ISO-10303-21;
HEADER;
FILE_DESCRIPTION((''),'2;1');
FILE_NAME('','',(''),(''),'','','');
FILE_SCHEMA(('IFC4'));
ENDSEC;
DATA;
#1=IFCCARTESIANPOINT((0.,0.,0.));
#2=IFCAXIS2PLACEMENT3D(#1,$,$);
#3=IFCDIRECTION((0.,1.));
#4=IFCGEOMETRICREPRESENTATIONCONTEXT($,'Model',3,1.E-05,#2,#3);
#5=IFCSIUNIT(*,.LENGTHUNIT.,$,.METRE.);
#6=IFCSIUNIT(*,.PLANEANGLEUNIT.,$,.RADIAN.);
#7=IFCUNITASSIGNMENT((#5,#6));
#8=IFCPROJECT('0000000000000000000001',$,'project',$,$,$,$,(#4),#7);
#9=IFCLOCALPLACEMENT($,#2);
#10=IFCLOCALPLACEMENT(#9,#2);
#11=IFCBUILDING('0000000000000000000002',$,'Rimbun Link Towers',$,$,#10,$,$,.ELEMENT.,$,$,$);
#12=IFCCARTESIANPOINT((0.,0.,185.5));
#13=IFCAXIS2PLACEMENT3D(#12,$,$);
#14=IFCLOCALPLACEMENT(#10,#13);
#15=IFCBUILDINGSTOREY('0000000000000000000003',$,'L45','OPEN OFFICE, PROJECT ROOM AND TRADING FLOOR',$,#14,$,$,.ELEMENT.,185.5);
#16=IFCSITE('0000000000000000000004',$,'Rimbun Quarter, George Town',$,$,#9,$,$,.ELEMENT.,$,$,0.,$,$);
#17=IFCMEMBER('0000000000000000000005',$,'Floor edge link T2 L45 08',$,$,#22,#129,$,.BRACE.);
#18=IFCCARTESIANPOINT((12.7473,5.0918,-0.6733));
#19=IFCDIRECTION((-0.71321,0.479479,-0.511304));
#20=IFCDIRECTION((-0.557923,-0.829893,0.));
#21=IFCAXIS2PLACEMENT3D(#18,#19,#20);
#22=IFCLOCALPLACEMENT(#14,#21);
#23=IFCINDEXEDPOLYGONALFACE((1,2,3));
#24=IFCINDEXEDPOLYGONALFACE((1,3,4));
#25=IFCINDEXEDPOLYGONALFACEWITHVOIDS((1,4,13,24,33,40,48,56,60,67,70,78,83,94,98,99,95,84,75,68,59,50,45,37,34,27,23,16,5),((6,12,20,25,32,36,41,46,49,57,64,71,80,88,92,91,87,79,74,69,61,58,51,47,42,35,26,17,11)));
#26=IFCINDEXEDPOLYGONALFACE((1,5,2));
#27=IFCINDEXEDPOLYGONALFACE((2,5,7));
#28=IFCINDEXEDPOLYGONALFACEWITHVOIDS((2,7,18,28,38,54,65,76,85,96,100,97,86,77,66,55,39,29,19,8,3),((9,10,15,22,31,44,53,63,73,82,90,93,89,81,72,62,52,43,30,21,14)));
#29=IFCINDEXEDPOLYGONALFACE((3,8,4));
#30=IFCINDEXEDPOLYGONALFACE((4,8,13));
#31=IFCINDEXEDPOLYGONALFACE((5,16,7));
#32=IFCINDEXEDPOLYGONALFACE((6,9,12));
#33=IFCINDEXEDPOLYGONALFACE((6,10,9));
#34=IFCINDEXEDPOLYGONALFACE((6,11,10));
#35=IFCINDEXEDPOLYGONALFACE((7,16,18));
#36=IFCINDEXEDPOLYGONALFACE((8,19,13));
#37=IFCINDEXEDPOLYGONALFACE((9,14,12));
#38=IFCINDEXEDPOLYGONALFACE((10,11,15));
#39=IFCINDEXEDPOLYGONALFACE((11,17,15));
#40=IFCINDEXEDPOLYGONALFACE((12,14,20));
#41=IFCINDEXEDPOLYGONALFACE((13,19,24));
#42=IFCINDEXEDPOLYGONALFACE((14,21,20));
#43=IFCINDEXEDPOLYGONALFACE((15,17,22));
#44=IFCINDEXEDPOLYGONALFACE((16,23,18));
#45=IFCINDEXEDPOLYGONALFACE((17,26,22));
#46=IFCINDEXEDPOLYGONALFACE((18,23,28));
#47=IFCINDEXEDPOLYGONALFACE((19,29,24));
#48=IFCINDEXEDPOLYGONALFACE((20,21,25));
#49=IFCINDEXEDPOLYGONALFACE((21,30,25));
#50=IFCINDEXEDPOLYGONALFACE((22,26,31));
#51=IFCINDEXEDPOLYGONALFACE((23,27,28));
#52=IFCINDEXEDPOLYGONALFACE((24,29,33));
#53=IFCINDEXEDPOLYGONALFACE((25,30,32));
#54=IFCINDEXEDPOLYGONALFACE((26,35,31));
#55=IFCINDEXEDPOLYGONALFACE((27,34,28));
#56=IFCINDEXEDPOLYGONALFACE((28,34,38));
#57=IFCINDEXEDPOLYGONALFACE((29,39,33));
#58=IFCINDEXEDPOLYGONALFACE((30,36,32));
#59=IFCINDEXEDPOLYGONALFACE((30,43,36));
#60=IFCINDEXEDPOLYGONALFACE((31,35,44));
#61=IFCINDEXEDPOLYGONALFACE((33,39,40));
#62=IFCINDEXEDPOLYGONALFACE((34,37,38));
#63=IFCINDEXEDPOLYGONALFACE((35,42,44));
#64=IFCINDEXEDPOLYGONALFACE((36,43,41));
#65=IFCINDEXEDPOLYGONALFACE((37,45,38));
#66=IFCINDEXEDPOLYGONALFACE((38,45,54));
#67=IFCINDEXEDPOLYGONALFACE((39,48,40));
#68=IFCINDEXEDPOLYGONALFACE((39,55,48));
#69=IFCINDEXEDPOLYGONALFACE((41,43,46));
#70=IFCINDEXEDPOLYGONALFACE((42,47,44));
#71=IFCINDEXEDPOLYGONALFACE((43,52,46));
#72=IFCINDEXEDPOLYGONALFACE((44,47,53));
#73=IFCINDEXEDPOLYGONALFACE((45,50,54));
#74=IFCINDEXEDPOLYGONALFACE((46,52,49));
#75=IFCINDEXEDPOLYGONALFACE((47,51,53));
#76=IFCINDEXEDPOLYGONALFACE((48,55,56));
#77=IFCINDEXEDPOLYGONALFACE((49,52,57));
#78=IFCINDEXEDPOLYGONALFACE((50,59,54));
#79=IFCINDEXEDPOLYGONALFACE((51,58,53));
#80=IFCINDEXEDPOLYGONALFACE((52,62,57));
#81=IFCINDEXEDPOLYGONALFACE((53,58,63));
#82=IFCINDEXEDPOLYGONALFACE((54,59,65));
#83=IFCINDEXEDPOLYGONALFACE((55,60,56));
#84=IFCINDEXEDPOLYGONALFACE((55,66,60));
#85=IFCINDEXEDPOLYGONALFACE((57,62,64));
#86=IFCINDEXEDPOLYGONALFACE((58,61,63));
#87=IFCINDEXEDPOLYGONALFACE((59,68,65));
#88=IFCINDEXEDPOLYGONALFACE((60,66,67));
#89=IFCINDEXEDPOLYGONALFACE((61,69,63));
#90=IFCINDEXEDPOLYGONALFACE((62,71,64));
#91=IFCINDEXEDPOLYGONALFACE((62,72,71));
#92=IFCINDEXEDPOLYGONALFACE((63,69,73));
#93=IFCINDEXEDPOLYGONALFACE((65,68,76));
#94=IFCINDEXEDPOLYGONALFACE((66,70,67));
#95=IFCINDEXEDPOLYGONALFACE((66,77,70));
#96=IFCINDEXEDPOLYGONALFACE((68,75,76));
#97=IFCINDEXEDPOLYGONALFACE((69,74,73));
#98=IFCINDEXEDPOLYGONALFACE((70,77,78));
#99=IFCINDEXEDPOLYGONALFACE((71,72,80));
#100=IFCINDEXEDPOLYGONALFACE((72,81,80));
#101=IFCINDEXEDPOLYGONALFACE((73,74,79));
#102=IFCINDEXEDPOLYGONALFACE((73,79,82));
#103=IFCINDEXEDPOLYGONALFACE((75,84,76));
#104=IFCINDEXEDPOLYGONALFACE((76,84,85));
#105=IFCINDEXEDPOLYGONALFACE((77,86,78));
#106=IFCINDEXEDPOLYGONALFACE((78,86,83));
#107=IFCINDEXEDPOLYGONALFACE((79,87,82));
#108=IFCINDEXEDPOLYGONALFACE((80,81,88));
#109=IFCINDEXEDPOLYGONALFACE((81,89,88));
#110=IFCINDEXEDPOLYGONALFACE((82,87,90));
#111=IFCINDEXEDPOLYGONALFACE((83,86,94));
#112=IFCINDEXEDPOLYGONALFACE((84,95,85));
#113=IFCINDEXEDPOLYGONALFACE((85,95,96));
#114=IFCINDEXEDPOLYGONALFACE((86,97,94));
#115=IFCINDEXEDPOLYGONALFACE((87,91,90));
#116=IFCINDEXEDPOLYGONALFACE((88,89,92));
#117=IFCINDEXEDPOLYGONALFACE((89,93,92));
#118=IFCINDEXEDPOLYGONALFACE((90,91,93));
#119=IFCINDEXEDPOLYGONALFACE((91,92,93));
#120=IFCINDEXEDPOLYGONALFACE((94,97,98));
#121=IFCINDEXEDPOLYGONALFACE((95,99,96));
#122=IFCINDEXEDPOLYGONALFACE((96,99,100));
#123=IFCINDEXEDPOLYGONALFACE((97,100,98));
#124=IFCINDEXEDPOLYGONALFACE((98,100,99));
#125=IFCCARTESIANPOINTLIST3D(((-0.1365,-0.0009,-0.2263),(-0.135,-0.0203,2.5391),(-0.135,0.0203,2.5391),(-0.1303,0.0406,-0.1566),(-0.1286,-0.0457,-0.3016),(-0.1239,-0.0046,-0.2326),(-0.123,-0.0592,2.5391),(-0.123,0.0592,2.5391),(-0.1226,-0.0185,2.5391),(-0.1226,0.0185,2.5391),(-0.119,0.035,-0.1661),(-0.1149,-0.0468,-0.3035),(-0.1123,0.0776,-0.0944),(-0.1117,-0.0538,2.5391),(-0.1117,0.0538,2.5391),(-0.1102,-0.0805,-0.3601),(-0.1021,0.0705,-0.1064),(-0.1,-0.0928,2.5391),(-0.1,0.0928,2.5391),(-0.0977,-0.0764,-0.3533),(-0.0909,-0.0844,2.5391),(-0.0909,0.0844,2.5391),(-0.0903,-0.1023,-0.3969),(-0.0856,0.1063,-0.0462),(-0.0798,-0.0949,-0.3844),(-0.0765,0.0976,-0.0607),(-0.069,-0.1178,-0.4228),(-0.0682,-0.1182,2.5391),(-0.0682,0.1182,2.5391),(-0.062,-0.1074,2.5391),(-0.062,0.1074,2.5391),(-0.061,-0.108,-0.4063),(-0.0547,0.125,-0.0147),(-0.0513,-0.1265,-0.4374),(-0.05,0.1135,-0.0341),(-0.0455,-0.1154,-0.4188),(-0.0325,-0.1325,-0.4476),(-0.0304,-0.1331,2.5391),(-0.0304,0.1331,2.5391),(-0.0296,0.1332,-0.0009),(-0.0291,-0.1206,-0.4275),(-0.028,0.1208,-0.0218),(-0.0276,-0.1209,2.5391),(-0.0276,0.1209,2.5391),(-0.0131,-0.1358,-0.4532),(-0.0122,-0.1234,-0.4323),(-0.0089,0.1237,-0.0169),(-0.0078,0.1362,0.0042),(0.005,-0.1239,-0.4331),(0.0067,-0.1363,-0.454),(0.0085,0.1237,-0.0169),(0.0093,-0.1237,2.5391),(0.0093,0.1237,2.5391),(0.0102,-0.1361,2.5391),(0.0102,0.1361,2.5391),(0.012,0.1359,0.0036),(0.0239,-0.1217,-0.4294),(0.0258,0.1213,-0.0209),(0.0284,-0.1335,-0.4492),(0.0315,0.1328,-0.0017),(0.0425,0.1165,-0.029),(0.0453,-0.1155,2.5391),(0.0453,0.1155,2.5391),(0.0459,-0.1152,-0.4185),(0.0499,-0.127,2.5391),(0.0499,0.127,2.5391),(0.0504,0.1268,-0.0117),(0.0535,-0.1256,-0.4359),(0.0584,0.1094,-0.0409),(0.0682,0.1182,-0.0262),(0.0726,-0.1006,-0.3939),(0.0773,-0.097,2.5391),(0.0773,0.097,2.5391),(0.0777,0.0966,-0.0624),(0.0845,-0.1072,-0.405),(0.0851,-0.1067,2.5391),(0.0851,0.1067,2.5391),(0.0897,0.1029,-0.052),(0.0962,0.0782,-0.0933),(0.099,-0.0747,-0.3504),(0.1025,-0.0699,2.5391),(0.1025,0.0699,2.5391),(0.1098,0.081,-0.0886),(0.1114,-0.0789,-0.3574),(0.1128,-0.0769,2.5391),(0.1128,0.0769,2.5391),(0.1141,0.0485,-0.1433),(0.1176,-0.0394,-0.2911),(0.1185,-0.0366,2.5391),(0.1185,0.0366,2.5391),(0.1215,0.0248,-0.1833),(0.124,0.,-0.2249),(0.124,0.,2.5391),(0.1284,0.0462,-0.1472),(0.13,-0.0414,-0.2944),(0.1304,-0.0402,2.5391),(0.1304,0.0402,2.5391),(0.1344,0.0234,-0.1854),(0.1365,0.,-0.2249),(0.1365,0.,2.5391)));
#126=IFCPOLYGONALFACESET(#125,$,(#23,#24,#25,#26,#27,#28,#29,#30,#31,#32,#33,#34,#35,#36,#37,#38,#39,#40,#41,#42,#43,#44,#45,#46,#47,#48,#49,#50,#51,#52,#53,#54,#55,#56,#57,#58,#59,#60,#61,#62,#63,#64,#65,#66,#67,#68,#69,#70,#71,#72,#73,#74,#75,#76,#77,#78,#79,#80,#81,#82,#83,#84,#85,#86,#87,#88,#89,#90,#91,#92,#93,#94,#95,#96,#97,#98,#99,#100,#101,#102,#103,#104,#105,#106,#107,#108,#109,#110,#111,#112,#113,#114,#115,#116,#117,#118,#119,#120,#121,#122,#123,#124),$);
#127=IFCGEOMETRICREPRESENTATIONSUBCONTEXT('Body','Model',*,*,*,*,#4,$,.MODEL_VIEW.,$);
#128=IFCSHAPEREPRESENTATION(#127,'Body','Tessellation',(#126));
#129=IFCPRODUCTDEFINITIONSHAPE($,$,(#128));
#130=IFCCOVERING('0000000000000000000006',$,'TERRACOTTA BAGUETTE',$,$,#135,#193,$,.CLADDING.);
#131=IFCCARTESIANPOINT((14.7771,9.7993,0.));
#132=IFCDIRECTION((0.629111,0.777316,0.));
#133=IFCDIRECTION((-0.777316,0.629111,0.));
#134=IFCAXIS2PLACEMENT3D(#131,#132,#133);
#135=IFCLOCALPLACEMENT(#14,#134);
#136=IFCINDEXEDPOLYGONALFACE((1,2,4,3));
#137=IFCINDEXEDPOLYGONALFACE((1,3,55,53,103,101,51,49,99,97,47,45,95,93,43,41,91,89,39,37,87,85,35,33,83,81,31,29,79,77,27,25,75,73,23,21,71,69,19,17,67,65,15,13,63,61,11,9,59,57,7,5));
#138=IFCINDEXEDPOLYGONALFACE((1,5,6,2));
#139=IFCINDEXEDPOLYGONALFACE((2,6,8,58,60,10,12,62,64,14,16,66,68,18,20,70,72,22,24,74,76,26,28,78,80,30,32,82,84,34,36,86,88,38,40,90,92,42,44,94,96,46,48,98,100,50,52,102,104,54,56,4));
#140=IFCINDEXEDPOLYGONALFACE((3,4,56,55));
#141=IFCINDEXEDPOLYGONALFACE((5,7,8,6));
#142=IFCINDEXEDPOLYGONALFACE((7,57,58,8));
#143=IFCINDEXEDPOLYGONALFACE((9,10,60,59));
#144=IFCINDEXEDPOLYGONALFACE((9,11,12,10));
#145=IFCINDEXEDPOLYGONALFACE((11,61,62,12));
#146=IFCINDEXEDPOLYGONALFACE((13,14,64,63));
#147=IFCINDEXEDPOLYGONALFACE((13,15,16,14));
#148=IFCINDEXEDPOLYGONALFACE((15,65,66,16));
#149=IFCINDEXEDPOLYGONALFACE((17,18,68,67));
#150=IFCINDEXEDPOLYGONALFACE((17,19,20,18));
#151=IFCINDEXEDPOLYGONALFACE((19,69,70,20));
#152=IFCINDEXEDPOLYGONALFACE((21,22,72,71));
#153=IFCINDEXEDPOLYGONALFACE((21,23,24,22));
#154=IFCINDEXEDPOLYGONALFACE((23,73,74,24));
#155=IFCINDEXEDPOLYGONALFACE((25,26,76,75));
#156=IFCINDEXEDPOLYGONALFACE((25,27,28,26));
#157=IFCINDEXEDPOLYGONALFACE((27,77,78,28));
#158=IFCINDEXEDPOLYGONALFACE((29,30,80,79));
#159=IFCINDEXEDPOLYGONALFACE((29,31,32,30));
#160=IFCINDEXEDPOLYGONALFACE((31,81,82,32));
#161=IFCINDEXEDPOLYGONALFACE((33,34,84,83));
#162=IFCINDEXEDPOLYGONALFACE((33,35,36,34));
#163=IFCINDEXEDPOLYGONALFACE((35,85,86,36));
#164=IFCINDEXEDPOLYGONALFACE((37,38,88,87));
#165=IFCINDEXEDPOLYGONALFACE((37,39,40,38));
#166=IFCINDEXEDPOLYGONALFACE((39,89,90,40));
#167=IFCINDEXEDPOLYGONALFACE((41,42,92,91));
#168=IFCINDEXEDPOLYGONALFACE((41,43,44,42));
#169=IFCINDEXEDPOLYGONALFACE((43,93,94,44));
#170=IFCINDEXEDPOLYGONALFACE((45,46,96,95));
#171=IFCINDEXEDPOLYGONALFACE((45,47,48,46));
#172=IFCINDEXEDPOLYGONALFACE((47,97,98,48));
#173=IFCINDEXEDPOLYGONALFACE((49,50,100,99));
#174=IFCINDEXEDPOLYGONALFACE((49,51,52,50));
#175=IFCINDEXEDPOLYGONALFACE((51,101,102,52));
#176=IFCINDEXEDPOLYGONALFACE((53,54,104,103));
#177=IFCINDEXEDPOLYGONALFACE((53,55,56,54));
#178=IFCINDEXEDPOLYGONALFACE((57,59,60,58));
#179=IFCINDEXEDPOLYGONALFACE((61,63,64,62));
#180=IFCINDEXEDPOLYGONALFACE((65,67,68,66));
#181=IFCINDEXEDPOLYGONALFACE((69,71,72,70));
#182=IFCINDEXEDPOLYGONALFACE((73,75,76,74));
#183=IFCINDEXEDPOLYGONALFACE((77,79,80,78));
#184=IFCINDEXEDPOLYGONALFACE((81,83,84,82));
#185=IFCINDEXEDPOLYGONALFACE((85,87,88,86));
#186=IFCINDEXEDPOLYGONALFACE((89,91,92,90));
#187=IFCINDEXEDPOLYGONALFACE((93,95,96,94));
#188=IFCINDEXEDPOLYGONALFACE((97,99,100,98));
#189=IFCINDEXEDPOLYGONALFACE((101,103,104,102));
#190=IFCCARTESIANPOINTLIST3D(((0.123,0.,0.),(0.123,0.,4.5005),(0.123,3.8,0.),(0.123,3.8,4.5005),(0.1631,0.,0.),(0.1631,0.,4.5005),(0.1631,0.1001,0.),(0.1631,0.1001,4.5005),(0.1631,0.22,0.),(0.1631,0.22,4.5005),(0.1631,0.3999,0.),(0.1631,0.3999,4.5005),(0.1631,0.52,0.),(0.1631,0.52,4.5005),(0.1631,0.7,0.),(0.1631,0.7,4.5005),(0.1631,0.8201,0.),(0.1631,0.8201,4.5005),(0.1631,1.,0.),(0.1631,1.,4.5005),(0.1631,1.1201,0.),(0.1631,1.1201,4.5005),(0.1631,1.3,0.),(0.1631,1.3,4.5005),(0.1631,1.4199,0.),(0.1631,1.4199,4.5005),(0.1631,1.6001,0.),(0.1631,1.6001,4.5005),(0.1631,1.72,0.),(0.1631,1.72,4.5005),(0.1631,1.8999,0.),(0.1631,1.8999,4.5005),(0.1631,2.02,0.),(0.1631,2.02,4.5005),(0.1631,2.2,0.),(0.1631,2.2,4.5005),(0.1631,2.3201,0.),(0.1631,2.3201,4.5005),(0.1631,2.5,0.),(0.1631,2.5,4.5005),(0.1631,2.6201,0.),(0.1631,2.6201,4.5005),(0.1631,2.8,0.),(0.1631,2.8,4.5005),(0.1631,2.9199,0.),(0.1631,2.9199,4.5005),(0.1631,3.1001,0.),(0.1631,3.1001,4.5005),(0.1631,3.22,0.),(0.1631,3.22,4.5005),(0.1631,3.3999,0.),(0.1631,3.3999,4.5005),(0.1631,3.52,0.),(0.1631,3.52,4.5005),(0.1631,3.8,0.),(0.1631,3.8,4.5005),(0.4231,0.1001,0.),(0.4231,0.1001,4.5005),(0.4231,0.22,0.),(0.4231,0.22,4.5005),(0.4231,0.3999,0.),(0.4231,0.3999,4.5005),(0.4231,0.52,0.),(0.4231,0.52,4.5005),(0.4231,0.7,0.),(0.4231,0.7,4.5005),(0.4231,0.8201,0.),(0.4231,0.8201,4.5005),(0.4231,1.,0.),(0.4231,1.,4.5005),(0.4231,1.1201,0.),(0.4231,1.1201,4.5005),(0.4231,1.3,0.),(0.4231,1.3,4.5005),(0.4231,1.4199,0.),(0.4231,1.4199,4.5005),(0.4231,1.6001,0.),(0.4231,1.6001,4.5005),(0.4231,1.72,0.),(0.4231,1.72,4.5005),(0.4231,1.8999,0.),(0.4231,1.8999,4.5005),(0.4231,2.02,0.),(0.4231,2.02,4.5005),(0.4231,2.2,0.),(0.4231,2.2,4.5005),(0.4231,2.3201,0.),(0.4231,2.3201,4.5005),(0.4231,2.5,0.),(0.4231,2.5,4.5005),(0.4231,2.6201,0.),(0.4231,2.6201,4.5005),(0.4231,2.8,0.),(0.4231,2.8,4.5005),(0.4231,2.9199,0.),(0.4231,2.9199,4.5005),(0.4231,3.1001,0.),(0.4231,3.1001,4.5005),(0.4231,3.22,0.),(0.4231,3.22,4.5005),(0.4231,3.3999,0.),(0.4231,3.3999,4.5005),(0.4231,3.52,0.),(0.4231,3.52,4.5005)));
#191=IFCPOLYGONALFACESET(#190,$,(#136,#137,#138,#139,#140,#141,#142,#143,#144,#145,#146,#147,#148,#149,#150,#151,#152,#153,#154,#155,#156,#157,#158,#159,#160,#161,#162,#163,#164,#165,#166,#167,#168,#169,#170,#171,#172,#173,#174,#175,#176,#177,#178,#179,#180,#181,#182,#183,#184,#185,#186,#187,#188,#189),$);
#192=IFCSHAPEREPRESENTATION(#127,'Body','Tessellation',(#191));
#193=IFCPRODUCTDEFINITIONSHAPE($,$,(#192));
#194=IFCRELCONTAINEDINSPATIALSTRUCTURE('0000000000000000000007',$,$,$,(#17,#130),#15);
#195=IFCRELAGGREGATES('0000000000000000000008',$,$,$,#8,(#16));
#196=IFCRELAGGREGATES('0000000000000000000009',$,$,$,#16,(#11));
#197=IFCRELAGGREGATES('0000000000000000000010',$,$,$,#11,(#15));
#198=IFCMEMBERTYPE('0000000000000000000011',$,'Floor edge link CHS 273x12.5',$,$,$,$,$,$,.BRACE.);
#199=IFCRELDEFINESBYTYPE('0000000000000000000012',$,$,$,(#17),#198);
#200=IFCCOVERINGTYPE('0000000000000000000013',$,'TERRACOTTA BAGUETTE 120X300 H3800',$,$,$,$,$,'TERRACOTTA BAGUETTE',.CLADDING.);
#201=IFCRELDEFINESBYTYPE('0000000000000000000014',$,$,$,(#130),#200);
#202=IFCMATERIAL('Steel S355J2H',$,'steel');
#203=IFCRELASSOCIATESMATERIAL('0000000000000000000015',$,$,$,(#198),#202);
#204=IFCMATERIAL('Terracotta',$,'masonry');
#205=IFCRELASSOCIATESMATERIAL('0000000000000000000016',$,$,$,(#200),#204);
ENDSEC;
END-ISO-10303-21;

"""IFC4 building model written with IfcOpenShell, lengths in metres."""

from ifc_helpers import new_model, si_unit, direction, frame, origin, origin_2d, place, context, subcontext, project, spatial, polyline, hollow_circle, outline, extrude, clip, halfspace, material, material_profile, profile_set, type_object, element, save


model = new_model("IFC4")

# Units and contexts
model_context = context("Model", 3, precision=1e-05, world=origin(), true_north=direction((0.0, 1.0)))
body_context = subcontext(model_context, "Body", "Model", "MODEL_VIEW")
ifc_project = project(units=[si_unit("LENGTHUNIT", "METRE"), si_unit("PLANEANGLEUNIT", "RADIAN")], contexts=[model_context])

# Site, building, storey
site_placement = place(None, origin())
site = spatial("IfcSite", under=ifc_project, at=site_placement, Name="Rimbun Quarter, George Town", CompositionType="ELEMENT", RefElevation=0.0)
building_placement = place(site_placement, origin())
building = spatial("IfcBuilding", under=site, at=building_placement, Name="Rimbun Link Towers", CompositionType="ELEMENT")
storey_placement = place(building_placement, frame((0.0, 0.0, 185.5)))
storey = spatial("IfcBuildingStorey", under=building, at=storey_placement, Name="L45", Description="OPEN OFFICE, PROJECT ROOM AND TRADING FLOOR", CompositionType="ELEMENT", Elevation=185.5)

# Member
ifc_material_1 = material(Name="Steel S355J2H", Category="steel")
ifc_material_profile_1 = material_profile(ifc_material_1, hollow_circle(Radius=0.1365, WallThickness=0.0125, at=origin_2d()), Name="CHS 273x12.5")
ifc_profile_set_1 = profile_set([ifc_material_profile_1], Name="Steel S355J2H")
member_type_1 = type_object("IfcMemberType", Name="Floor edge link CHS 273x12.5", PredefinedType="BRACE", material=ifc_profile_set_1)
member_1_placement = place(storey_placement, frame((12.7473, 5.0918, -0.6733), z_axis=(-0.71321, 0.479479, -0.511304), x_axis=(-0.557923, -0.829893, 0.0)))
element("IfcMember", 1, at=member_1_placement, inside=storey, type_object=member_type_1, Name="Floor edge link T2 L45 08", PredefinedType="BRACE", context=body_context, shape_type="Clipping", body=[
    clip(extrude(hollow_circle(Radius=0.1365, WallThickness=0.0125, at=origin_2d()), frame((0.0, 0.0, -0.4785)), (0.0, 0.0, 1.0), 3.0176), halfspace(frame((0.0, 0.0, -0.2249), z_axis=(0.0, 0.8594, -0.511304)), False)),
])

# Covering
ifc_material_2 = material(Name="Terracotta", Category="masonry")
ifc_material_profile_2 = material_profile(ifc_material_2, outline(polyline([(0.123, 0.0), (0.1631, 0.0), (0.1631, 0.1001), (0.4231, 0.1001), (0.4231, 0.22), (0.1631, 0.22), (0.1631, 0.3999), (0.4231, 0.3999), (0.4231, 0.52), (0.1631, 0.52), (0.1631, 0.7), (0.4231, 0.7), (0.4231, 0.8201), (0.1631, 0.8201), (0.1631, 1.0), (0.4231, 1.0), (0.4231, 1.1201), (0.1631, 1.1201), (0.1631, 1.3), (0.4231, 1.3), (0.4231, 1.4199), (0.1631, 1.4199), (0.1631, 1.6001), (0.4231, 1.6001), (0.4231, 1.72), (0.1631, 1.72), (0.1631, 1.8999), (0.4231, 1.8999), (0.4231, 2.02), (0.1631, 2.02), (0.1631, 2.2), (0.4231, 2.2), (0.4231, 2.3201), (0.1631, 2.3201), (0.1631, 2.5), (0.4231, 2.5), (0.4231, 2.6201), (0.1631, 2.6201), (0.1631, 2.8), (0.4231, 2.8), (0.4231, 2.9199), (0.1631, 2.9199), (0.1631, 3.1001), (0.4231, 3.1001), (0.4231, 3.22), (0.1631, 3.22), (0.1631, 3.3999), (0.4231, 3.3999), (0.4231, 3.52), (0.1631, 3.52), (0.1631, 3.8), (0.123, 3.8), (0.123, 0.0)])), Name="BAGUETTE 120X300")
ifc_profile_set_2 = profile_set([ifc_material_profile_2], Name="Terracotta")
covering_type_1 = type_object("IfcCoveringType", Name="TERRACOTTA BAGUETTE 120X300 H3800", ElementType="TERRACOTTA BAGUETTE", PredefinedType="CLADDING", material=ifc_profile_set_2)
covering_1_placement = place(storey_placement, frame((14.7771, 9.7993, 0.0), z_axis=(0.629111, 0.777316, 0.0), x_axis=(-0.777316, 0.629111, 0.0)))
element("IfcCovering", 2, at=covering_1_placement, inside=storey, type_object=covering_type_1, Name="TERRACOTTA BAGUETTE", PredefinedType="CLADDING", context=body_context, shape_type="SweptSolid", body=[
    extrude(outline(polyline([(0.123, 0.0), (0.1631, 0.0), (0.1631, 0.1001), (0.4231, 0.1001), (0.4231, 0.22), (0.1631, 0.22), (0.1631, 0.3999), (0.4231, 0.3999), (0.4231, 0.52), (0.1631, 0.52), (0.1631, 0.7), (0.4231, 0.7), (0.4231, 0.8201), (0.1631, 0.8201), (0.1631, 1.0), (0.4231, 1.0), (0.4231, 1.1201), (0.1631, 1.1201), (0.1631, 1.3), (0.4231, 1.3), (0.4231, 1.4199), (0.1631, 1.4199), (0.1631, 1.6001), (0.4231, 1.6001), (0.4231, 1.72), (0.1631, 1.72), (0.1631, 1.8999), (0.4231, 1.8999), (0.4231, 2.02), (0.1631, 2.02), (0.1631, 2.2), (0.4231, 2.2), (0.4231, 2.3201), (0.1631, 2.3201), (0.1631, 2.5), (0.4231, 2.5), (0.4231, 2.6201), (0.1631, 2.6201), (0.1631, 2.8), (0.4231, 2.8), (0.4231, 2.9199), (0.1631, 2.9199), (0.1631, 3.1001), (0.4231, 3.1001), (0.4231, 3.22), (0.1631, 3.22), (0.1631, 3.3999), (0.4231, 3.3999), (0.4231, 3.52), (0.1631, 3.52), (0.1631, 3.8), (0.123, 3.8), (0.123, 0.0)])), origin(), (0.0, 0.0, 1.0), 4.5005),
])

save(model, "model.ifc")
